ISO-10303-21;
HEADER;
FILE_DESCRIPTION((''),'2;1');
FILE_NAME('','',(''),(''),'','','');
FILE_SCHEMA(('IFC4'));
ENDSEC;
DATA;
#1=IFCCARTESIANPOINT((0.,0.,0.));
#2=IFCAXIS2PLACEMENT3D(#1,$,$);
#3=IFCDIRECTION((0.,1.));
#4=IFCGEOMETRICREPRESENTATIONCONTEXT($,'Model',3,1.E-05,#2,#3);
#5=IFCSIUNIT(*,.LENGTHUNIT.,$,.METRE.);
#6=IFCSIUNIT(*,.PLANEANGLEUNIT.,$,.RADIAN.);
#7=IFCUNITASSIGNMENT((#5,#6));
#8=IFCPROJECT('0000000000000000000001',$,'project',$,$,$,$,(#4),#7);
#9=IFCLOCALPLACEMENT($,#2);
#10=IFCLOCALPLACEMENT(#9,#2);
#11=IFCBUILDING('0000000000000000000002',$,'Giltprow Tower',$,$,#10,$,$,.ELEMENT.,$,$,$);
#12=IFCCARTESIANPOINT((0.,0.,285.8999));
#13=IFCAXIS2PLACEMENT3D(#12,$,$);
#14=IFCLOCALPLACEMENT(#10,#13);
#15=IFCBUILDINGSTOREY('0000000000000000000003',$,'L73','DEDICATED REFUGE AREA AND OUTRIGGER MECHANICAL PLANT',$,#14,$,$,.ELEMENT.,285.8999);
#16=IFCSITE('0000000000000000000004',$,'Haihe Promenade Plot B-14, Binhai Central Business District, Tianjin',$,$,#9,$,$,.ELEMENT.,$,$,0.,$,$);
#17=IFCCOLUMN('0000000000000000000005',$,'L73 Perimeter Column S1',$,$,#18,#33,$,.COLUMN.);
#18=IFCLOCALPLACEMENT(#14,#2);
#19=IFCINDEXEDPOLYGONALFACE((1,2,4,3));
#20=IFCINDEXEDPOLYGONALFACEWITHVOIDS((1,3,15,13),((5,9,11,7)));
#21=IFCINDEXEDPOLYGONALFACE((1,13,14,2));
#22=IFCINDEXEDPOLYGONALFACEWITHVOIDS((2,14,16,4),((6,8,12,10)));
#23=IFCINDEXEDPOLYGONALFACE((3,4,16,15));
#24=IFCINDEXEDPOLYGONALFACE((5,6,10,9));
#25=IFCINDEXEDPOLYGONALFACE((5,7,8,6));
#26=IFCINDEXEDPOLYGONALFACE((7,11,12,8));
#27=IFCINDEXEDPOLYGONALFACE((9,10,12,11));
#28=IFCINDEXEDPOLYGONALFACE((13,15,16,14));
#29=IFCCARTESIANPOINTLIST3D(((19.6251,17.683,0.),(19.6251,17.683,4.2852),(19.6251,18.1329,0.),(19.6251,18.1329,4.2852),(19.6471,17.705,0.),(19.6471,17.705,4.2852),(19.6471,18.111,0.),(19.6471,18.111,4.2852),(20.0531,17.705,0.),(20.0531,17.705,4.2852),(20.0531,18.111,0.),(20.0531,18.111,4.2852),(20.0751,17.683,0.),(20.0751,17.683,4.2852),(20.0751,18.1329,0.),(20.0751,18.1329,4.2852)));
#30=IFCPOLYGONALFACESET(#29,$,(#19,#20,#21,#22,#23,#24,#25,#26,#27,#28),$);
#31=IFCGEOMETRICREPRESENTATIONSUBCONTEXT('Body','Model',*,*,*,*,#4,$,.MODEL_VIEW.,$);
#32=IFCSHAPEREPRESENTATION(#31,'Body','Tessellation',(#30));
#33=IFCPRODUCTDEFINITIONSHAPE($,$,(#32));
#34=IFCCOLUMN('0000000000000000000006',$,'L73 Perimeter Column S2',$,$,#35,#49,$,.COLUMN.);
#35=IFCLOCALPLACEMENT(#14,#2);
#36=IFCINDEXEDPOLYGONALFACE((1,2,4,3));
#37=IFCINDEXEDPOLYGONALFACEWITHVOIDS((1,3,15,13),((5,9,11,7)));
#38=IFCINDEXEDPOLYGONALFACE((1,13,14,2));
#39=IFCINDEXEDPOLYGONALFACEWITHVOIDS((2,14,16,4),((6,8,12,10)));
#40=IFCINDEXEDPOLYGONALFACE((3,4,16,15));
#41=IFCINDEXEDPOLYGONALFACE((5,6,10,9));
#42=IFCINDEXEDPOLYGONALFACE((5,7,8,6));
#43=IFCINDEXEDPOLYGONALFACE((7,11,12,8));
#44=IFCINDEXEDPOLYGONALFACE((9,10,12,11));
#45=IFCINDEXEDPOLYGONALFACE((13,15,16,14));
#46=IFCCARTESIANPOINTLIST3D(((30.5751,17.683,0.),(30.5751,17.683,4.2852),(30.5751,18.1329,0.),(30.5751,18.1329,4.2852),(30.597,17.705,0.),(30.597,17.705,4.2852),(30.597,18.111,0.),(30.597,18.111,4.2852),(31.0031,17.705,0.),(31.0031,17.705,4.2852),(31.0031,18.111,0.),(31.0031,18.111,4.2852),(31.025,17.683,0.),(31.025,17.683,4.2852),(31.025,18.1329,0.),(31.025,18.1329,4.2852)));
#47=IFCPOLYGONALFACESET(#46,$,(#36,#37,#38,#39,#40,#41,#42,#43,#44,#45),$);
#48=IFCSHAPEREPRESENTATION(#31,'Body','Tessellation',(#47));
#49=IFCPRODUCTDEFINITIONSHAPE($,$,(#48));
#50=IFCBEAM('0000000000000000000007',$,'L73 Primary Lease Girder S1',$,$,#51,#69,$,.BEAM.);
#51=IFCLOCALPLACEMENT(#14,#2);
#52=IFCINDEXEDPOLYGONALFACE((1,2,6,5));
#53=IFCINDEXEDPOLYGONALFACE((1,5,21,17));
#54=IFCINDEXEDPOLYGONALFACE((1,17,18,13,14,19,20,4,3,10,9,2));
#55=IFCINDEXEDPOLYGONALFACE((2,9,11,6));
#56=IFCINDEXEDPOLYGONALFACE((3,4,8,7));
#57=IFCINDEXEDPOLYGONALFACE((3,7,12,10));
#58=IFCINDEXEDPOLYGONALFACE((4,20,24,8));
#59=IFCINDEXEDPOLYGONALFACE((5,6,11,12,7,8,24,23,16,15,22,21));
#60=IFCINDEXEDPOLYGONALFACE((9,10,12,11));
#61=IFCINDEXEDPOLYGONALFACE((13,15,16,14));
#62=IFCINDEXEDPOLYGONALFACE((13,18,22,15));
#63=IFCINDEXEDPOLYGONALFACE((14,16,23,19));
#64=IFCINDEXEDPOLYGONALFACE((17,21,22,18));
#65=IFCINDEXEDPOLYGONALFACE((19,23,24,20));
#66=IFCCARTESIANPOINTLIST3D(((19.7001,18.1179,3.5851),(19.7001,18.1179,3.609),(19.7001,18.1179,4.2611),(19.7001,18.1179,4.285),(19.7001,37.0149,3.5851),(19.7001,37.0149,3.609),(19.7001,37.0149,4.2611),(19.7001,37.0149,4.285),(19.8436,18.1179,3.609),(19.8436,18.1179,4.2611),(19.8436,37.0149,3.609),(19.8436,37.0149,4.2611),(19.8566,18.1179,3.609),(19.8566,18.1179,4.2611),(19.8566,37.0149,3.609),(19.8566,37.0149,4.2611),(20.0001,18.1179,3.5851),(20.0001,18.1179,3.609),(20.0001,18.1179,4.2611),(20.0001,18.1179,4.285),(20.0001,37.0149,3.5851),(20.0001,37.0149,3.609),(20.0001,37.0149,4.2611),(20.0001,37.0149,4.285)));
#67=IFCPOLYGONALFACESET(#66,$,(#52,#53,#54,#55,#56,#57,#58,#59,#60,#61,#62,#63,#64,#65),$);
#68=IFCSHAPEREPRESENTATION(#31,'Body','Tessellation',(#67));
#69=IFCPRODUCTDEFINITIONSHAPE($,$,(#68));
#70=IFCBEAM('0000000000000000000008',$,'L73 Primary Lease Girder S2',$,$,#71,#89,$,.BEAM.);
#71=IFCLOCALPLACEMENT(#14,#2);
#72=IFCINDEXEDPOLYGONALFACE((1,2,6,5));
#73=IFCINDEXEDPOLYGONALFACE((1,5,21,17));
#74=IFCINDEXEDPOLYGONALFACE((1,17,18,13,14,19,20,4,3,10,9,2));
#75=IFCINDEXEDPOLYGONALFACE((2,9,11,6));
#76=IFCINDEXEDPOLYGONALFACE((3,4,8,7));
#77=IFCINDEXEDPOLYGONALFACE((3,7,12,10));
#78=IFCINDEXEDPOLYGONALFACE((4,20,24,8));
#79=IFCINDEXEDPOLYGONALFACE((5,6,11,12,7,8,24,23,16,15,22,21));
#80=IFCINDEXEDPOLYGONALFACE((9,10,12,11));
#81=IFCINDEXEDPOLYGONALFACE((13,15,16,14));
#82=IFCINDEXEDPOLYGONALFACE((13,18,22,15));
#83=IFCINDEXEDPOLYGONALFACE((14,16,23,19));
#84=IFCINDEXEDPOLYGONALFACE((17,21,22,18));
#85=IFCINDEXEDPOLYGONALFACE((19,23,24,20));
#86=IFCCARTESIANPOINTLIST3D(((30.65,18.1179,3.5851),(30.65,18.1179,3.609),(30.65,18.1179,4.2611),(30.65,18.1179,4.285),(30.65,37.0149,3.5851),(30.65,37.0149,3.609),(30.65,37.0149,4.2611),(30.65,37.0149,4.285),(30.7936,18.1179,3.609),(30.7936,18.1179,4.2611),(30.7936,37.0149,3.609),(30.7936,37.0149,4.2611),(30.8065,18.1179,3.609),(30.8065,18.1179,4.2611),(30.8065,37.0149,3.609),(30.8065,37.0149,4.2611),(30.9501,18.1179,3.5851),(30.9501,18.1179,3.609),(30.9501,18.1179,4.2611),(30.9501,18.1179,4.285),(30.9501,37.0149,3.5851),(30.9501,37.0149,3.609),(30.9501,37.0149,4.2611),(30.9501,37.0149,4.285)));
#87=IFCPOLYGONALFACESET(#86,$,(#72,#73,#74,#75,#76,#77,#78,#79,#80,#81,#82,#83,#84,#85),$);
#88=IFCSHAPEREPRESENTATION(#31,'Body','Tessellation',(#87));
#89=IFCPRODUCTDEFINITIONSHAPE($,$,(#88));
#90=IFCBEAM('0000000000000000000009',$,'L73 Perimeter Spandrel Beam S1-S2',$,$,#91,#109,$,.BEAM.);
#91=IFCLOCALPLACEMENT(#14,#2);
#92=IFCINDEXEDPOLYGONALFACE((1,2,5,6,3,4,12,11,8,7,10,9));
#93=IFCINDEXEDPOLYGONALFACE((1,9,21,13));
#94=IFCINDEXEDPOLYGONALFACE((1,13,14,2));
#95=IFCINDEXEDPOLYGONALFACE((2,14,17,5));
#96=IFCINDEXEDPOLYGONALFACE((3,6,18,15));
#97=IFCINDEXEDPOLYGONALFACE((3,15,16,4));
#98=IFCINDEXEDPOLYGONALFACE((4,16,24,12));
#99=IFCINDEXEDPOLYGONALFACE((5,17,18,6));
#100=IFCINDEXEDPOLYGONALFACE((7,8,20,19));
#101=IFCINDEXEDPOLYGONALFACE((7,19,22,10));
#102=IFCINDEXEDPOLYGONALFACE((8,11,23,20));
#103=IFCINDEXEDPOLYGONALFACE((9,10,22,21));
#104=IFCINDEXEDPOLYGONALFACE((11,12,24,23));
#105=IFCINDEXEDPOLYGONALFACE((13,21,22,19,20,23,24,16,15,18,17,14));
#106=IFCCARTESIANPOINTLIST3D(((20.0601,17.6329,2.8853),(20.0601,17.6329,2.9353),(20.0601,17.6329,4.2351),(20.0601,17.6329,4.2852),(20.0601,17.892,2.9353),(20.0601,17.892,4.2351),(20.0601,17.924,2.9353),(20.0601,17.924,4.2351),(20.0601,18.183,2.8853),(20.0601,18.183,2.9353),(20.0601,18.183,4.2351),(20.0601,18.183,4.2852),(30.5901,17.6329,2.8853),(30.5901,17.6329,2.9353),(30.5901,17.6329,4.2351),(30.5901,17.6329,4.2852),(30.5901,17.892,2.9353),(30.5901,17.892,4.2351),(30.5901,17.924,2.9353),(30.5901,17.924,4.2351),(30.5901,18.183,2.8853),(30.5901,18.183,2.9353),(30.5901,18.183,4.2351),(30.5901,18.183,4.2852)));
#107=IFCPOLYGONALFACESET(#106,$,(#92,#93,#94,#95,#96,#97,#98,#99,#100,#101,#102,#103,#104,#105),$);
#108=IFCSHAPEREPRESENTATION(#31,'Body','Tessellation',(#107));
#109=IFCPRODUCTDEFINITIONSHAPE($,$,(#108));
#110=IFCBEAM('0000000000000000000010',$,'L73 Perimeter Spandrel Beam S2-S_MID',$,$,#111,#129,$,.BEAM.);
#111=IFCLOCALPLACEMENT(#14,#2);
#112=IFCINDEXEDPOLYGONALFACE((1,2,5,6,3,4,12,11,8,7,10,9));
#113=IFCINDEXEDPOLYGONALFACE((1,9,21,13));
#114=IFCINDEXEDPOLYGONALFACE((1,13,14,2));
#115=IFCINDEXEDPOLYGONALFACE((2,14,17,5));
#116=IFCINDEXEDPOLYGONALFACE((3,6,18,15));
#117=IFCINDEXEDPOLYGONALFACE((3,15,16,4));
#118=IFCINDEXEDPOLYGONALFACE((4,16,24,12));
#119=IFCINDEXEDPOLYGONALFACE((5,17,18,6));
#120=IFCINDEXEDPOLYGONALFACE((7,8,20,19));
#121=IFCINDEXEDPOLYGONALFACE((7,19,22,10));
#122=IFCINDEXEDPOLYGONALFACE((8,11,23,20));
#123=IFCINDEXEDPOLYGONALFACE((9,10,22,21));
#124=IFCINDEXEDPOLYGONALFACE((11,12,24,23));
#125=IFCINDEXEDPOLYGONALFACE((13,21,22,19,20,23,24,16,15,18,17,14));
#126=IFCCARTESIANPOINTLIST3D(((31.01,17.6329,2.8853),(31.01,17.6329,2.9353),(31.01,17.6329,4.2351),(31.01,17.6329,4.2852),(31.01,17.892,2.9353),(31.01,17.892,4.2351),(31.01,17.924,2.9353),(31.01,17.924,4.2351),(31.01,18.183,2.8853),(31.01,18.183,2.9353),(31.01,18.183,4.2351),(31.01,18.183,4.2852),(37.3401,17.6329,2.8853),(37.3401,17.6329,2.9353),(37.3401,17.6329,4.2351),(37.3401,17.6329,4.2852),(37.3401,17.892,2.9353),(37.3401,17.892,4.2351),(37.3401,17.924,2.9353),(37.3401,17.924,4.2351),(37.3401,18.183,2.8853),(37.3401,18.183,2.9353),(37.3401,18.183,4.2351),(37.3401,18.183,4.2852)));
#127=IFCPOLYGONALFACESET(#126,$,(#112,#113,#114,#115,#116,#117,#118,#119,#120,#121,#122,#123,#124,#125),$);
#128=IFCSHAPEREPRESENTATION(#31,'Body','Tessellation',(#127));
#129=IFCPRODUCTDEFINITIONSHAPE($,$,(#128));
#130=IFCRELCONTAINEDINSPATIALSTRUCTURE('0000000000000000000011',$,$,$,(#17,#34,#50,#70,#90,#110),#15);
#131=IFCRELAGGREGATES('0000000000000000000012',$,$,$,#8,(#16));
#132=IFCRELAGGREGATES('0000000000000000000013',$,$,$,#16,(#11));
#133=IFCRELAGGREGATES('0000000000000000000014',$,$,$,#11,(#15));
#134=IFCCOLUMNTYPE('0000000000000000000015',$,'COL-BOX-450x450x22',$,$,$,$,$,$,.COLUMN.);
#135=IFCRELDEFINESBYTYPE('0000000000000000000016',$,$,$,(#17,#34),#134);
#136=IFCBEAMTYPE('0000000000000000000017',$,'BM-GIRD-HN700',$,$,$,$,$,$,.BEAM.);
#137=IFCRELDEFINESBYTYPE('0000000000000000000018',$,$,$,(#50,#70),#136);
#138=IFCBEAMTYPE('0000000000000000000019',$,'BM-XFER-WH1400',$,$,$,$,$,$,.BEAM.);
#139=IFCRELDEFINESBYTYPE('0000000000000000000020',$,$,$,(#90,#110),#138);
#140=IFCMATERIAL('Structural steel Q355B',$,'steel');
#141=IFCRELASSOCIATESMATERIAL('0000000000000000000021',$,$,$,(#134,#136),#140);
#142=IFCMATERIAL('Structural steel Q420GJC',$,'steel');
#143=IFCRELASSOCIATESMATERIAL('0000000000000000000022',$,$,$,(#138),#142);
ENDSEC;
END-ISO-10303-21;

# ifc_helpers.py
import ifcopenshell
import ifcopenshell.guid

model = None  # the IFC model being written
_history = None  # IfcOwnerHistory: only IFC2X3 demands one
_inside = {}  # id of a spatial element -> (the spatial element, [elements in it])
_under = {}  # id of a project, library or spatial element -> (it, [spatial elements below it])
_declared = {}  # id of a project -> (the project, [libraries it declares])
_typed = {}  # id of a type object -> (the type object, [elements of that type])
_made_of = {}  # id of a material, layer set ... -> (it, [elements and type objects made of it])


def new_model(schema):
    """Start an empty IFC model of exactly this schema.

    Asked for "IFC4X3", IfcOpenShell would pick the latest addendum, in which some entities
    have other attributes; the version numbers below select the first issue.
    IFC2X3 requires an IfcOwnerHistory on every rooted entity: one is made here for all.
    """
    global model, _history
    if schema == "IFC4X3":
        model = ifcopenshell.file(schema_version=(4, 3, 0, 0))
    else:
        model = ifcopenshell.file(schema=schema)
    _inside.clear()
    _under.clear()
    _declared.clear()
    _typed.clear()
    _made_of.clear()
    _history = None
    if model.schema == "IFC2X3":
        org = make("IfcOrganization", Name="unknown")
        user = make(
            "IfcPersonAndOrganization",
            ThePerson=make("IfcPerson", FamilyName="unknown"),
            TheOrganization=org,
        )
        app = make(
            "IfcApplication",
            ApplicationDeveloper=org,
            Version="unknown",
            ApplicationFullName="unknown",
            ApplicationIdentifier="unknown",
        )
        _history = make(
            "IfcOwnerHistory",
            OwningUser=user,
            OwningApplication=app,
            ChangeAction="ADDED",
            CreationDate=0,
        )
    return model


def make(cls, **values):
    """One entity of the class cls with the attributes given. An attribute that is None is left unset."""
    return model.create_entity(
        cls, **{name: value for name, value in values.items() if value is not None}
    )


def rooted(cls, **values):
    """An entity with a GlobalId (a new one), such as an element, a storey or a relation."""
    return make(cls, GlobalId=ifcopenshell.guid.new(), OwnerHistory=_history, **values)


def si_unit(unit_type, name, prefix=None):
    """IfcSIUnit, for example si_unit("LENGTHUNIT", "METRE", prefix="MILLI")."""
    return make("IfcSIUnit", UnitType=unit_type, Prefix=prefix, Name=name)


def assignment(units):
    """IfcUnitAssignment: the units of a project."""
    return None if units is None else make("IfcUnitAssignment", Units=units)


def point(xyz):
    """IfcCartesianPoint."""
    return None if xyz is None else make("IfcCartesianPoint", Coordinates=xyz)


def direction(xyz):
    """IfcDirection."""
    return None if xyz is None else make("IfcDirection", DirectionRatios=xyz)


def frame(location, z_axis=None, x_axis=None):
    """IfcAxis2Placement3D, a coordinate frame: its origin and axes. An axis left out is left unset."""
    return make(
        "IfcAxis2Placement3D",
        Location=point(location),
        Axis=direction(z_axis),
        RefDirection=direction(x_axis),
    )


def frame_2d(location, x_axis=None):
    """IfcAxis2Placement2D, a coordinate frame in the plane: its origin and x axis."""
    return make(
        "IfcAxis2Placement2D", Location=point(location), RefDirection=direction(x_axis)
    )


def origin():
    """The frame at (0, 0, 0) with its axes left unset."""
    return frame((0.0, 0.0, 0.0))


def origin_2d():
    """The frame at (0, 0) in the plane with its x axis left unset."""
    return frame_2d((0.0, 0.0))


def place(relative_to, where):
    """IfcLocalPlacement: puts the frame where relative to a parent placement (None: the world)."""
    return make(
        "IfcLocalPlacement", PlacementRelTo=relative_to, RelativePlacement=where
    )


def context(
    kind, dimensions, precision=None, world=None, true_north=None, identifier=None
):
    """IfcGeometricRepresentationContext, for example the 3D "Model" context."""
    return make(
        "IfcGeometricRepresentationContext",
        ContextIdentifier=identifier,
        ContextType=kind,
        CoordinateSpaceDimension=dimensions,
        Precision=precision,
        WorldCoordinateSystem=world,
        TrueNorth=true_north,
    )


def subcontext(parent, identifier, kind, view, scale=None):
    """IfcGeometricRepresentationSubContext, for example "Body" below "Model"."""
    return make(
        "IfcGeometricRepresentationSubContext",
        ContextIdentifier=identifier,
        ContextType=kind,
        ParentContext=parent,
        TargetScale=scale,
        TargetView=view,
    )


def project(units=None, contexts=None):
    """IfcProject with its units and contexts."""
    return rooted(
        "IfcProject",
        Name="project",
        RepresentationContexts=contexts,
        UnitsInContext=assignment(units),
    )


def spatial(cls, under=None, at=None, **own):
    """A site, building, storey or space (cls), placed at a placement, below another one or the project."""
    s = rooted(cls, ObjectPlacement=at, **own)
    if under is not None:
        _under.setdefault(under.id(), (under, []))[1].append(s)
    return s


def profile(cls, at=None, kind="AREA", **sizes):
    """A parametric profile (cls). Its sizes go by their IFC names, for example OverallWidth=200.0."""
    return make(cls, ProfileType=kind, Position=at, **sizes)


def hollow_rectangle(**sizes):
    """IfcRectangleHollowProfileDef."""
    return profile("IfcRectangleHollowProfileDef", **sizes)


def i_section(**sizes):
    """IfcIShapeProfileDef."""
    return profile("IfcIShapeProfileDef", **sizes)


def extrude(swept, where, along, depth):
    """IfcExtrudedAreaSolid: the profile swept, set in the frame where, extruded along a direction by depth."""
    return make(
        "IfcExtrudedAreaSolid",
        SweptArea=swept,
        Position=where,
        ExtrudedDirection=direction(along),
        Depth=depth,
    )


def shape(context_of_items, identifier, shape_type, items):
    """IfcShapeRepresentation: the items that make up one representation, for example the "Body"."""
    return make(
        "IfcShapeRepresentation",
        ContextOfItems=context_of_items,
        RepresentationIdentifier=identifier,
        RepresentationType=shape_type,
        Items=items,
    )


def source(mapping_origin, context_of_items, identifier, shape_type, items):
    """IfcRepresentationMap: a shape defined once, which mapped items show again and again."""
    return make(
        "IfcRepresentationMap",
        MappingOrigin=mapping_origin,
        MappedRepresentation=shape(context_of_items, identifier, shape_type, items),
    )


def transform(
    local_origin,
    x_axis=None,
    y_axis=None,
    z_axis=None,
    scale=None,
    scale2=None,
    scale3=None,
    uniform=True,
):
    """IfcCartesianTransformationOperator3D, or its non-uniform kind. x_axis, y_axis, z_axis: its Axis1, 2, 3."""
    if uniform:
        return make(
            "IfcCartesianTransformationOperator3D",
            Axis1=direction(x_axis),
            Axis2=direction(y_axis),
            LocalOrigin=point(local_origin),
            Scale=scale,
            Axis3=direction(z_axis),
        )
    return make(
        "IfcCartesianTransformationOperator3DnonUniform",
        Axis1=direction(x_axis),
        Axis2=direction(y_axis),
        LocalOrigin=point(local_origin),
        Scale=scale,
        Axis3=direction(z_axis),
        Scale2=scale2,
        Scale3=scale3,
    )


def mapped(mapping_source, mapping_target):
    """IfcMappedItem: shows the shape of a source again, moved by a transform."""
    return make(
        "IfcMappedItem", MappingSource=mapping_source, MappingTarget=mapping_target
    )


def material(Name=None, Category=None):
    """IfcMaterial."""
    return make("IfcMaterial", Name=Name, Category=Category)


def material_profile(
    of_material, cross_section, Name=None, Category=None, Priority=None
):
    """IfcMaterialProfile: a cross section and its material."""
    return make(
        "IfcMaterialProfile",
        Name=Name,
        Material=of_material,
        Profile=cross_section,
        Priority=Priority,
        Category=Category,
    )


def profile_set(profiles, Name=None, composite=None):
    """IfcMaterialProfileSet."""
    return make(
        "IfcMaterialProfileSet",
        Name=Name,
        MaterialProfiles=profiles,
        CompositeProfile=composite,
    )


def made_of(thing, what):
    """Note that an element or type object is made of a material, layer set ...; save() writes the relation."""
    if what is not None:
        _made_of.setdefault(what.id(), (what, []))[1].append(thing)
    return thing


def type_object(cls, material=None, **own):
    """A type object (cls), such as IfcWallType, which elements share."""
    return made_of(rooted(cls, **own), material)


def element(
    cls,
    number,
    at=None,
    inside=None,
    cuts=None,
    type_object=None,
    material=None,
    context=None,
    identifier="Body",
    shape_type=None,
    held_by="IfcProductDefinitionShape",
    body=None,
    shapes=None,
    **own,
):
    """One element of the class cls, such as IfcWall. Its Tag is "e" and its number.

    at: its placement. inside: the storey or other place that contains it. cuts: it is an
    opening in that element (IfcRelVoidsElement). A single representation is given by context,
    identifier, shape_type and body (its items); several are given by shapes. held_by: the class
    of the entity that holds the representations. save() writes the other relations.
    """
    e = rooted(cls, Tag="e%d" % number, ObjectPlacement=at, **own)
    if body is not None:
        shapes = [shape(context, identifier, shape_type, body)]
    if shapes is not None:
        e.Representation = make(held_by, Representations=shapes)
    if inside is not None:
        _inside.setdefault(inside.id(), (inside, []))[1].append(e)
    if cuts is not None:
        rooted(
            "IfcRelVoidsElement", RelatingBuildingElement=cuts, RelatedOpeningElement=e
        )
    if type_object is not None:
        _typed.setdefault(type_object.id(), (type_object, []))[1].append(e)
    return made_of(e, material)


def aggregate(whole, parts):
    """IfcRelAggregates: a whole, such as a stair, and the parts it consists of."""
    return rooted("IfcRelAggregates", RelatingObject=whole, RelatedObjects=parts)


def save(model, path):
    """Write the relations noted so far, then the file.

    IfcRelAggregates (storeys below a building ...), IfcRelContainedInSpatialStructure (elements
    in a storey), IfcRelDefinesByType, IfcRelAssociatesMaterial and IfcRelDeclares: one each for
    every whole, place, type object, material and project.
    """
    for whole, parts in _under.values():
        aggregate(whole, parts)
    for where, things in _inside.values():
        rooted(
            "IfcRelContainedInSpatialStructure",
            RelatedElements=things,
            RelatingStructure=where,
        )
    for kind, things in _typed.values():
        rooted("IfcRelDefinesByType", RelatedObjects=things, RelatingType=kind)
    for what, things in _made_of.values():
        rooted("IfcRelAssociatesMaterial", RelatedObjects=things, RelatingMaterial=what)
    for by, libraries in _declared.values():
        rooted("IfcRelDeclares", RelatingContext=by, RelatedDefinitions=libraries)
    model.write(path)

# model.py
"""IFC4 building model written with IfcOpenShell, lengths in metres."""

from ifc_helpers import new_model, si_unit, direction, frame, origin, origin_2d, place, context, subcontext, project, spatial, hollow_rectangle, i_section, extrude, source, transform, mapped, material, material_profile, profile_set, type_object, element, save


model = new_model("IFC4")

# Units and contexts
model_context = context("Model", 3, precision=1e-05, world=origin(), true_north=direction((0.0, 1.0)))
body_context = subcontext(model_context, "Body", "Model", "MODEL_VIEW")
ifc_project = project(units=[si_unit("LENGTHUNIT", "METRE"), si_unit("PLANEANGLEUNIT", "RADIAN")], contexts=[model_context])

# Site, building, storey
site_placement = place(None, origin())
site = spatial("IfcSite", under=ifc_project, at=site_placement, Name="Haihe Promenade Plot B-14, Binhai Central Business District, Tianjin", CompositionType="ELEMENT", RefElevation=0.0)
building_placement = place(site_placement, origin())
building = spatial("IfcBuilding", under=site, at=building_placement, Name="Giltprow Tower", CompositionType="ELEMENT")
storey_placement = place(building_placement, frame((0.0, 0.0, 285.8999)))
storey = spatial("IfcBuildingStorey", under=building, at=storey_placement, Name="L73", Description="DEDICATED REFUGE AREA AND OUTRIGGER MECHANICAL PLANT", CompositionType="ELEMENT", Elevation=285.8999)

# Columns
ifc_material_1 = material(Name="Structural steel Q355B", Category="steel")
ifc_material_profile_1 = material_profile(ifc_material_1, hollow_rectangle(XDim=0.45, YDim=0.45, WallThickness=0.022, at=origin_2d()), Name="BOX 450x450x22")
ifc_profile_set_1 = profile_set([ifc_material_profile_1], Name="Structural steel Q355B")
column_type = type_object("IfcColumnType", Name="COL-BOX-450x450x22", PredefinedType="COLUMN", material=ifc_profile_set_1)
shared_shape_1 = source(origin(), body_context, "Body", "SweptSolid", [
    extrude(hollow_rectangle(XDim=0.45, YDim=0.45, WallThickness=0.022, at=origin_2d()), origin(), (0.0, 0.0, 1.0), 4.2852),
])
for number, where, z_axis, x_axis, name in (
    (1, (19.8501, 17.908, 0.0), (0.0, 0.0, 1.0), (1.0, 0.0, 0.0), "L73 Perimeter Column S1"),
    (2, (30.8, 17.908, 0.0), (0.0, 0.0, 1.0), (1.0, 0.0, 0.0), "L73 Perimeter Column S2"),
):
    element("IfcColumn", number, at=place(storey_placement, frame(where, z_axis=z_axis, x_axis=x_axis)), inside=storey, type_object=column_type, Name=name, PredefinedType="COLUMN", context=body_context, shape_type="MappedRepresentation", body=[
        mapped(shared_shape_1, transform((0.0, 0.0, 0.0), x_axis=(1.0, 0.0, 0.0), y_axis=(0.0, 1.0, 0.0), z_axis=(0.0, 0.0, 1.0), scale=1.0)),
    ])

# Beams
ifc_material_profile_2 = material_profile(ifc_material_1, i_section(OverallWidth=0.3, OverallDepth=0.7, WebThickness=0.0129, FlangeThickness=0.0239, at=origin_2d()), Name="HN 700x300x13x24")
ifc_profile_set_2 = profile_set([ifc_material_profile_2], Name="Structural steel Q355B")
beam_type_1 = type_object("IfcBeamType", Name="BM-GIRD-HN700", PredefinedType="BEAM", material=ifc_profile_set_2)
shared_shape_2 = source(origin(), body_context, "Body", "SweptSolid", [
    extrude(i_section(OverallWidth=0.3, OverallDepth=0.7, WebThickness=0.0129, FlangeThickness=0.0239, at=origin_2d()), origin(), (0.0, 0.0, 1.0), 18.897),
])
for number, where, z_axis, x_axis, name in (
    (3, (19.8501, 18.1179, 3.9351), (0.0, 1.0, 0.0), (-1.0, 0.0, 0.0), "L73 Primary Lease Girder S1"),
    (4, (30.8, 18.1179, 3.9351), (0.0, 1.0, 0.0), (-1.0, 0.0, 0.0), "L73 Primary Lease Girder S2"),
):
    element("IfcBeam", number, at=place(storey_placement, frame(where, z_axis=z_axis, x_axis=x_axis)), inside=storey, type_object=beam_type_1, Name=name, PredefinedType="BEAM", context=body_context, shape_type="MappedRepresentation", body=[
        mapped(shared_shape_2, transform((0.0, 0.0, 0.0), x_axis=(1.0, 0.0, 0.0), y_axis=(0.0, 1.0, 0.0), z_axis=(0.0, 0.0, 1.0), scale=1.0)),
    ])
ifc_material_2 = material(Name="Structural steel Q420GJC", Category="steel")
ifc_material_profile_3 = material_profile(ifc_material_2, i_section(OverallWidth=0.55, OverallDepth=1.3999, WebThickness=0.032, FlangeThickness=0.05, at=origin_2d()), Name="WH 1400x550x32x50")
ifc_profile_set_3 = profile_set([ifc_material_profile_3], Name="Structural steel Q420GJC")
beam_type_2 = type_object("IfcBeamType", Name="BM-XFER-WH1400", PredefinedType="BEAM", material=ifc_profile_set_3)
shared_shape_3 = source(origin(), body_context, "Body", "SweptSolid", [
    extrude(i_section(OverallWidth=0.55, OverallDepth=1.3999, WebThickness=0.032, FlangeThickness=0.05, at=origin_2d()), origin(), (0.0, 0.0, 1.0), 10.53),
])
beam_1_placement = place(storey_placement, frame((20.0601, 17.908, 3.5852), z_axis=(1.0, 0.0, 0.0), x_axis=(0.0, 1.0, 0.0)))
element("IfcBeam", 5, at=beam_1_placement, inside=storey, type_object=beam_type_2, Name="L73 Perimeter Spandrel Beam S1-S2", PredefinedType="BEAM", context=body_context, shape_type="MappedRepresentation", body=[
    mapped(shared_shape_3, transform((0.0, 0.0, 0.0), x_axis=(1.0, 0.0, 0.0), y_axis=(0.0, 1.0, 0.0), z_axis=(0.0, 0.0, 1.0), scale=1.0)),
])
shared_shape_4 = source(origin(), body_context, "Body", "SweptSolid", [
    extrude(i_section(OverallWidth=0.55, OverallDepth=1.3999, WebThickness=0.032, FlangeThickness=0.05, at=origin_2d()), origin(), (0.0, 0.0, 1.0), 6.3301),
])
beam_2_placement = place(storey_placement, frame((31.01, 17.908, 3.5852), z_axis=(1.0, 0.0, 0.0), x_axis=(0.0, 1.0, 0.0)))
element("IfcBeam", 6, at=beam_2_placement, inside=storey, type_object=beam_type_2, Name="L73 Perimeter Spandrel Beam S2-S_MID", PredefinedType="BEAM", context=body_context, shape_type="MappedRepresentation", body=[
    mapped(shared_shape_4, transform((0.0, 0.0, 0.0), x_axis=(1.0, 0.0, 0.0), y_axis=(0.0, 1.0, 0.0), z_axis=(0.0, 0.0, 1.0), scale=1.0)),
])

save(model, "model.ifc")
